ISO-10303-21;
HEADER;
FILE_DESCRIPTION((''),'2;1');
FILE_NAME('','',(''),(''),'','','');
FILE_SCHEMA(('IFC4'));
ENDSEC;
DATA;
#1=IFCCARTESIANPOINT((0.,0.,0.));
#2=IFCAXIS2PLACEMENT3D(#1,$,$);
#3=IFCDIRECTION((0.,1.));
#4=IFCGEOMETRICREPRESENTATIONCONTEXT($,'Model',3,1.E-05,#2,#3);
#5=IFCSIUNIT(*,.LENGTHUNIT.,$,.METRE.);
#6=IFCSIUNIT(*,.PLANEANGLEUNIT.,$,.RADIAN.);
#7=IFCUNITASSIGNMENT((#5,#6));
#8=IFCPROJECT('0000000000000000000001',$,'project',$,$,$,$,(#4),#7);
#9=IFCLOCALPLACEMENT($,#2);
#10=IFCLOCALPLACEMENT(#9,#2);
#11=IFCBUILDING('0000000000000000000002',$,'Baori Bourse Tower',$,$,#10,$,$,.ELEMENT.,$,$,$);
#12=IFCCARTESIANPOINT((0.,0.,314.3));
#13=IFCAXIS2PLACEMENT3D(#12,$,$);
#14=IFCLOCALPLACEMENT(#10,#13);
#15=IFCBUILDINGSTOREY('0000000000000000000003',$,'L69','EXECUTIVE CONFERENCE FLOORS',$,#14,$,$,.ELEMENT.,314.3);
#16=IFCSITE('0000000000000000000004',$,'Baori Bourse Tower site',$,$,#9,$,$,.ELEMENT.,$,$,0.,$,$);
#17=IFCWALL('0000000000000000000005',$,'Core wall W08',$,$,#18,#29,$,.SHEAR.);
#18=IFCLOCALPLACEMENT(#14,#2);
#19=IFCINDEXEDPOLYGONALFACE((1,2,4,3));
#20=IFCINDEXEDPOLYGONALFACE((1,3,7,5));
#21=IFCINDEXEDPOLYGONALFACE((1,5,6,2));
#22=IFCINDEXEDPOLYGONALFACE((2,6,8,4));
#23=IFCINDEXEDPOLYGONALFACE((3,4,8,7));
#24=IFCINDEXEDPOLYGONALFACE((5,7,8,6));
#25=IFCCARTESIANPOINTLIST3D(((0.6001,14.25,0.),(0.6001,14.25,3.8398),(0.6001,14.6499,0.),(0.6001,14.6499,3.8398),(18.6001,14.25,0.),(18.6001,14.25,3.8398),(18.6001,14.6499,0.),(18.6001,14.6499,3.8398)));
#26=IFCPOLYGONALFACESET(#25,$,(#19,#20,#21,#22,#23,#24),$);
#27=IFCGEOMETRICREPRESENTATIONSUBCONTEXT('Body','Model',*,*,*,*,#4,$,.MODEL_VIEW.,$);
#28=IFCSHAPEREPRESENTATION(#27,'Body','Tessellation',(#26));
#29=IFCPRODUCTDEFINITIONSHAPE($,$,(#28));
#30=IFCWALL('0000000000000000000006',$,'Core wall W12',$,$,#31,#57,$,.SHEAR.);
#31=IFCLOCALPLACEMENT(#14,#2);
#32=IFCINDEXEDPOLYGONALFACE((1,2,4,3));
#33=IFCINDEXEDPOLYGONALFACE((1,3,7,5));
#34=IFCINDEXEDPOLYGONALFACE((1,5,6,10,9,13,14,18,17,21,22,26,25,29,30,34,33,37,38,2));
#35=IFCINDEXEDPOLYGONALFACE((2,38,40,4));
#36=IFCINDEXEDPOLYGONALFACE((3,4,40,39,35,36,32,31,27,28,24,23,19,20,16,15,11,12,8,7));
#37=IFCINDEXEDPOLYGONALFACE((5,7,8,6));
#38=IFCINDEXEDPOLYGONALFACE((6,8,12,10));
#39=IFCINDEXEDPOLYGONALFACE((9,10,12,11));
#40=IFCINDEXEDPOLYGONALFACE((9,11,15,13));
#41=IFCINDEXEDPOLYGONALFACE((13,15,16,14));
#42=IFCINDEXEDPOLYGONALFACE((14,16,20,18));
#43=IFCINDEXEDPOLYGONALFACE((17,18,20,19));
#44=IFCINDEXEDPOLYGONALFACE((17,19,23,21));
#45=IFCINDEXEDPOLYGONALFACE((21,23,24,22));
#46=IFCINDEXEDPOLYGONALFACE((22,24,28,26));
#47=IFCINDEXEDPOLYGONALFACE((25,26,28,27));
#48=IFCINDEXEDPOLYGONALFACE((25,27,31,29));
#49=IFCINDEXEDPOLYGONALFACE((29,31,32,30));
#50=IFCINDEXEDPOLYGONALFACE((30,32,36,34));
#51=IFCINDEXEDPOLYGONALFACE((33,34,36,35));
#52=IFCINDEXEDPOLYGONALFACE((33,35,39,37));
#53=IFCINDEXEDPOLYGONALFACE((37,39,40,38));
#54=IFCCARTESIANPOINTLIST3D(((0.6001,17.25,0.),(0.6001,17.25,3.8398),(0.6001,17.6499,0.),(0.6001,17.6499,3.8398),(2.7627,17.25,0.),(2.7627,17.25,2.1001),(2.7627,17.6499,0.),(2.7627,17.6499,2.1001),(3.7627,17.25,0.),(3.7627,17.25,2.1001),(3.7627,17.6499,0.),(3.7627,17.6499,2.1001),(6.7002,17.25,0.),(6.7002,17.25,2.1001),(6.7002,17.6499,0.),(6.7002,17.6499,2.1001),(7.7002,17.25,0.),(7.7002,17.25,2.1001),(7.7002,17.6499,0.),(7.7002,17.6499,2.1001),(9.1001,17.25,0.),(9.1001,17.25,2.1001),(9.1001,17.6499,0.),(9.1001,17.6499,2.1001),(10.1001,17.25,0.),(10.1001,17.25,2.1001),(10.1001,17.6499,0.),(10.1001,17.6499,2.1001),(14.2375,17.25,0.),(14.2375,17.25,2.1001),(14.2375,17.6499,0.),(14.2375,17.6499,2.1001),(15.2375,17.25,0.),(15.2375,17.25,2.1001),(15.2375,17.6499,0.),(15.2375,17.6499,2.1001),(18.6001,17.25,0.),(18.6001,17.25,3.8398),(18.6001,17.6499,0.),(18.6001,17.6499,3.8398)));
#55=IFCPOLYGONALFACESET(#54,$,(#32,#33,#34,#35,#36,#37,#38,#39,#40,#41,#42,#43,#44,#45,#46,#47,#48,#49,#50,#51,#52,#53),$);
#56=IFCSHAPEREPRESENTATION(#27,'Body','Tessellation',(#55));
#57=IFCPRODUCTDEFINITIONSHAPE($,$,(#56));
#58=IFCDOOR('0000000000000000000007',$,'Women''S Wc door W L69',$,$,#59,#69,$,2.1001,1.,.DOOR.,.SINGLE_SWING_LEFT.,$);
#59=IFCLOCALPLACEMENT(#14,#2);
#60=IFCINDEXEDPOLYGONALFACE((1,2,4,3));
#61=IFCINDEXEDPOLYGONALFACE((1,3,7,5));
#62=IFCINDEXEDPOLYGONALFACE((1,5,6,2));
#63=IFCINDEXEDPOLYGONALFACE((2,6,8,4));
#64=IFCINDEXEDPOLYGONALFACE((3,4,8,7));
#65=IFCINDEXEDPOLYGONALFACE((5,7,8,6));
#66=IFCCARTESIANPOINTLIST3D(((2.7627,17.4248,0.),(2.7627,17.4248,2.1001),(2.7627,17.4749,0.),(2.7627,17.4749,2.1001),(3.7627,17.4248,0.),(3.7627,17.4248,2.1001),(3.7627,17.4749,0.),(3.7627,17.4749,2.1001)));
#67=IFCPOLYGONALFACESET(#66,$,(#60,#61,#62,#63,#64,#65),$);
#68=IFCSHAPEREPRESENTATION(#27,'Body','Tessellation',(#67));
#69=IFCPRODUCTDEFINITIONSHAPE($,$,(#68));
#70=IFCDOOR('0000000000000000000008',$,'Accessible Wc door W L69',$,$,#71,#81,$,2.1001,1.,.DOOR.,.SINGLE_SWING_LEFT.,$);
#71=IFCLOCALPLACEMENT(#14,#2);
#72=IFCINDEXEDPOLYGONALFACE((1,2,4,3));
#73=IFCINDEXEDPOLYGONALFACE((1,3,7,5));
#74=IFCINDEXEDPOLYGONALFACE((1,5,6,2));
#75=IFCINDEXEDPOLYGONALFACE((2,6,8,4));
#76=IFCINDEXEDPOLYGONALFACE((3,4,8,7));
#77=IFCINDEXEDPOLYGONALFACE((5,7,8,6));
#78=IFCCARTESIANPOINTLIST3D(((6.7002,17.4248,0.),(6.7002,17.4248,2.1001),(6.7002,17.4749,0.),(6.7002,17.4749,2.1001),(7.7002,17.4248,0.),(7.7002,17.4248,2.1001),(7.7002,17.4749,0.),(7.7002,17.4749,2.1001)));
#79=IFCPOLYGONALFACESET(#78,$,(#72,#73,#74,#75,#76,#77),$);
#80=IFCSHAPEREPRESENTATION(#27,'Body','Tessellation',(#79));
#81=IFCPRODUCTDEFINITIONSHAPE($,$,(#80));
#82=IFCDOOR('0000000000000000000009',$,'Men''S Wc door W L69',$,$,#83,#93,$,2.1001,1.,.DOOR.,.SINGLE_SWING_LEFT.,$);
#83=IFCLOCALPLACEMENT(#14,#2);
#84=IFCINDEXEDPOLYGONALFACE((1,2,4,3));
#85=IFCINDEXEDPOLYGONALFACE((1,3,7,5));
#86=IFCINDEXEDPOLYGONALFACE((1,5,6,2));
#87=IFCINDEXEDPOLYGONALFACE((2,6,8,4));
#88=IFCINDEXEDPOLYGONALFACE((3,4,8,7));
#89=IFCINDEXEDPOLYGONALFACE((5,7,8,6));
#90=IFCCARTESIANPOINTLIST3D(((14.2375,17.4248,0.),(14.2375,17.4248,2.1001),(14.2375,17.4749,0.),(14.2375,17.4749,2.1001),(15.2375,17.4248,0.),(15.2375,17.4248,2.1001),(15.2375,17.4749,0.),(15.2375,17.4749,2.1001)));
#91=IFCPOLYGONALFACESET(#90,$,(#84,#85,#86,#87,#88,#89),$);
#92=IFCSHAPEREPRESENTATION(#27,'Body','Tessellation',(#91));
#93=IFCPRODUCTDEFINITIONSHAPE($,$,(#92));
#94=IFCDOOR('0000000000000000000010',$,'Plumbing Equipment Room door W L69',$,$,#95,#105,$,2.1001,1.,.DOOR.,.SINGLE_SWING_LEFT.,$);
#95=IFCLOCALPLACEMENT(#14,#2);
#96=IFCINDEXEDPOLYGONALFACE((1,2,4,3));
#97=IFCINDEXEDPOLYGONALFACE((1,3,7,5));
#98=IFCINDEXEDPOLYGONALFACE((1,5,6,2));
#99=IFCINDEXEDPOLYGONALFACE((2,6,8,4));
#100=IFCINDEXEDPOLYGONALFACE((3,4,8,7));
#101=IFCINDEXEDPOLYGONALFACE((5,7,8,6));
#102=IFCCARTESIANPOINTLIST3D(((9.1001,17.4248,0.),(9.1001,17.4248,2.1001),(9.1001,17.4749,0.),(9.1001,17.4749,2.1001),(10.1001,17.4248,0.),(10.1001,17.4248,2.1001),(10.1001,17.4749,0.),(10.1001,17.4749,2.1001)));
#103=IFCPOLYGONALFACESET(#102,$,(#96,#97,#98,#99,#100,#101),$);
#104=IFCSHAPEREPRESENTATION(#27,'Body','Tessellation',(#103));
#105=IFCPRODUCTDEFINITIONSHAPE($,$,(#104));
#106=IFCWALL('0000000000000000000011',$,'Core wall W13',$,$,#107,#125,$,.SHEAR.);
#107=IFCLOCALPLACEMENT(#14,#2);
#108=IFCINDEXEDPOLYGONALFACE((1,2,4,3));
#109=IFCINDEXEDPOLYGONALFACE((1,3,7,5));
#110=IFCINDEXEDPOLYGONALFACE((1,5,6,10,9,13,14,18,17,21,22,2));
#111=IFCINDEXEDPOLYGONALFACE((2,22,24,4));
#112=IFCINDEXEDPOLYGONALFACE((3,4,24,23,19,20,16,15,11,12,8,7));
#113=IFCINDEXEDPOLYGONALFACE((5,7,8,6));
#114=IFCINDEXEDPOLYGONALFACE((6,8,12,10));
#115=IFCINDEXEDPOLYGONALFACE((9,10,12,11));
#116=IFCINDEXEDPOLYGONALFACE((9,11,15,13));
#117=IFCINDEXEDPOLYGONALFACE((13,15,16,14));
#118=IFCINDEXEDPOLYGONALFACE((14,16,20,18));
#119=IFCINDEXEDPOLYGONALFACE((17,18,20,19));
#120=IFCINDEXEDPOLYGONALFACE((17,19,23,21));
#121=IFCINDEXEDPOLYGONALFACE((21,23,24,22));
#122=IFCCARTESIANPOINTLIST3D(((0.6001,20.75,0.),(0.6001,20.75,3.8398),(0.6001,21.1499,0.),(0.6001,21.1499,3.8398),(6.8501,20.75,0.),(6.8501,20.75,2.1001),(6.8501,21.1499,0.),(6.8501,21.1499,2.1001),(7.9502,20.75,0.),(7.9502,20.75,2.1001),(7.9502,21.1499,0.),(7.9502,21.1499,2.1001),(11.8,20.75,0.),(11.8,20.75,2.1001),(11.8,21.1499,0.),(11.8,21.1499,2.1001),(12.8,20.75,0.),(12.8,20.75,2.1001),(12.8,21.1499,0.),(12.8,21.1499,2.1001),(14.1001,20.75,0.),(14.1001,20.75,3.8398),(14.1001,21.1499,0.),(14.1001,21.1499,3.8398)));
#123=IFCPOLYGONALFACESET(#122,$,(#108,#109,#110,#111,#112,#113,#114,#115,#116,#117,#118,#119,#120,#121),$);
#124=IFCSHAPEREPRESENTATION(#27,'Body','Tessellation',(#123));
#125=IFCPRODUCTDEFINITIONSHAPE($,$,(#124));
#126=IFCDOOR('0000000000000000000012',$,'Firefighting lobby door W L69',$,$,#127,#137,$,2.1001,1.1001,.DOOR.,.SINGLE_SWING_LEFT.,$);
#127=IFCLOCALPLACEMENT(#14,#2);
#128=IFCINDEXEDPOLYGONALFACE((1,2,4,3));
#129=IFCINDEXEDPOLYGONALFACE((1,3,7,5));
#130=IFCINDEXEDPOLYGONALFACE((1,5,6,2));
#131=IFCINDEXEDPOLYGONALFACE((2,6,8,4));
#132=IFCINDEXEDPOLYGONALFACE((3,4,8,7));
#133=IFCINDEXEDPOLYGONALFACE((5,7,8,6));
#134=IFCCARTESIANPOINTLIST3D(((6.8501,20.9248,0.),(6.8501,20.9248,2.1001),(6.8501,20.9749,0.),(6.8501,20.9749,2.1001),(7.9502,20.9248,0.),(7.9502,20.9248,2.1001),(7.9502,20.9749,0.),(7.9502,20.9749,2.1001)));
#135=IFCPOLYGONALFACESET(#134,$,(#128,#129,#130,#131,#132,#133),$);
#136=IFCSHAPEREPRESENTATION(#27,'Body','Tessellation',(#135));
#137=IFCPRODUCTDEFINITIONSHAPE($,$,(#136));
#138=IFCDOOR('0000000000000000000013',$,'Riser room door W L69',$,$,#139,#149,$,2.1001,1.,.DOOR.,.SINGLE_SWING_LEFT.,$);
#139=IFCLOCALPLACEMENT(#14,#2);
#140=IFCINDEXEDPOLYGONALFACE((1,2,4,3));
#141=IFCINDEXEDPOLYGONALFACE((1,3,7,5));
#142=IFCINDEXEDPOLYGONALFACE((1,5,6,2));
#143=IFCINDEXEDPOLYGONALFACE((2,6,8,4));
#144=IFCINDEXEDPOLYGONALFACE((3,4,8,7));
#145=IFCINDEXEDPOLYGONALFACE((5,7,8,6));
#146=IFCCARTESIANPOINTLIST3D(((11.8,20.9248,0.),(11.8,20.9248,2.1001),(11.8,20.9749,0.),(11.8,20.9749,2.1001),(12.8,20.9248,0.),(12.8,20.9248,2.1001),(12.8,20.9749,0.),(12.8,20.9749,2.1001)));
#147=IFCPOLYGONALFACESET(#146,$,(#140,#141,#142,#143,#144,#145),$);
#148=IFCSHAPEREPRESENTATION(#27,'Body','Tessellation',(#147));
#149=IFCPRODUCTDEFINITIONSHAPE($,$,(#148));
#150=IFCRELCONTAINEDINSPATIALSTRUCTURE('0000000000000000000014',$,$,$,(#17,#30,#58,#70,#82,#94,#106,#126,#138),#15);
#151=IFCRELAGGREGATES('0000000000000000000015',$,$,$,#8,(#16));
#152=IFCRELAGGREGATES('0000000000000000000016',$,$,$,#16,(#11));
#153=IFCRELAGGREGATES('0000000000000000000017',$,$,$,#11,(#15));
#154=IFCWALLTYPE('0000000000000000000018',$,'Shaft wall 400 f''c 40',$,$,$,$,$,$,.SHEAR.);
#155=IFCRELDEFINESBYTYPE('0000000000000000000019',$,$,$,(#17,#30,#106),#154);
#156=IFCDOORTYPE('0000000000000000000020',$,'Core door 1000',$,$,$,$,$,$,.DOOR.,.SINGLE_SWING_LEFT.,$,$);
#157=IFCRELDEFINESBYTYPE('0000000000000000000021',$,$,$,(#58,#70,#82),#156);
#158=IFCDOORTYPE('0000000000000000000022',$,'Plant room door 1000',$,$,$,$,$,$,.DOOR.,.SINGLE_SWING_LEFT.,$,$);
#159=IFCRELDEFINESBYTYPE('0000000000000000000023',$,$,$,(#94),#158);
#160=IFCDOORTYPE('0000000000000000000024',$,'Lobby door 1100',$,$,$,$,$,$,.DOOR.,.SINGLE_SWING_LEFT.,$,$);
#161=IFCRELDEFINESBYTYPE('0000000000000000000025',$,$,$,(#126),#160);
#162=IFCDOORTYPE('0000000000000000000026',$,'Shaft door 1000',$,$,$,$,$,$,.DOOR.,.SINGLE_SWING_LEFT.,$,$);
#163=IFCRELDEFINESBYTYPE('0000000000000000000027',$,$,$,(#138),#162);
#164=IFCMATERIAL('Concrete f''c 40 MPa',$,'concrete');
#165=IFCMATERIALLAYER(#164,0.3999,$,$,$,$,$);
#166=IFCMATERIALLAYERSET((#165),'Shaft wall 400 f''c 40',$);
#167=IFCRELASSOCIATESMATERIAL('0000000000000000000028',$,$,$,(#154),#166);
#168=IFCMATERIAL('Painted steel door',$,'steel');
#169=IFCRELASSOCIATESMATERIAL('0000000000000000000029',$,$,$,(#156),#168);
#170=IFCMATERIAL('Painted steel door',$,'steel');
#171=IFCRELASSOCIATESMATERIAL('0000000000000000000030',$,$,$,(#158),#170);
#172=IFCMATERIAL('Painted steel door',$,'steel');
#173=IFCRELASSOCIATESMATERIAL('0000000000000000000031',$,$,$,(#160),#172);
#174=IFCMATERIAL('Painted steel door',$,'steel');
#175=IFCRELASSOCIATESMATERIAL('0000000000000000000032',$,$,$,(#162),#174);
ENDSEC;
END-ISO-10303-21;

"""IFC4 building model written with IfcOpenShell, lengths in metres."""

from ifc_helpers import new_model, si_unit, direction, frame, frame_2d, origin, place, context, subcontext, project, spatial, rectangle, extrude, material, layer, layer_set, type_object, element, fill, save


model = new_model("IFC4")

# Units and contexts
model_context = context("Model", 3, precision=1e-05, world=origin(), true_north=direction((0.0, 1.0)))
body_context = subcontext(model_context, "Body", "Model", "MODEL_VIEW")
ifc_project = project(units=[si_unit("LENGTHUNIT", "METRE"), si_unit("PLANEANGLEUNIT", "RADIAN")], contexts=[model_context])

# Site, building, storey
site_placement = place(None, origin())
site = spatial("IfcSite", under=ifc_project, at=site_placement, Name="Baori Bourse Tower site", CompositionType="ELEMENT", RefElevation=0.0)
building_placement = place(site_placement, origin())
building = spatial("IfcBuilding", under=site, at=building_placement, Name="Baori Bourse Tower", CompositionType="ELEMENT")
storey_placement = place(building_placement, frame((0.0, 0.0, 314.3)))
storey = spatial("IfcBuildingStorey", under=building, at=storey_placement, Name="L69", Description="EXECUTIVE CONFERENCE FLOORS", CompositionType="ELEMENT", Elevation=314.3)

# Wall
ifc_material_1 = material(Name="Concrete f'c 40 MPa", Category="concrete")
ifc_layer_1 = layer(ifc_material_1, 0.3999)
ifc_layer_set_1 = layer_set([ifc_layer_1], Name="Shaft wall 400 f'c 40")
wall_type_1 = type_object("IfcWallType", Name="Shaft wall 400 f'c 40", PredefinedType="SHEAR", material=ifc_layer_set_1)
wall_1_placement = place(storey_placement, frame((0.6001, 14.45, 0.0), z_axis=(0.0, 0.0, 1.0), x_axis=(1.0, 0.0, 0.0)))
element("IfcWall", 1, at=wall_1_placement, inside=storey, type_object=wall_type_1, Name="Core wall W08", PredefinedType="SHEAR", context=body_context, shape_type="SweptSolid", body=[
    extrude(rectangle(XDim=18.0, YDim=0.3999, at=frame_2d((9.0, 0.0))), origin(), (0.0, 0.0, 1.0), 3.8398),
])

# Walls, openings, doors
wall_2_placement = place(storey_placement, frame((0.6001, 17.45, 0.0), z_axis=(0.0, 0.0, 1.0), x_axis=(1.0, 0.0, 0.0)))
wall_2 = element("IfcWall", 2, at=wall_2_placement, inside=storey, type_object=wall_type_1, Name="Core wall W12", PredefinedType="SHEAR", context=body_context, shape_type="SweptSolid", body=[
    extrude(rectangle(XDim=18.0, YDim=0.3999, at=frame_2d((9.0, 0.0))), origin(), (0.0, 0.0, 1.0), 3.8398),
])
opening_1_placement = place(wall_2_placement, frame((2.1626, 0.0, 0.0)))
opening_1 = element("IfcOpeningElement", 3, at=opening_1_placement, cuts=wall_2, PredefinedType="OPENING", context=body_context, shape_type="SweptSolid", body=[
    extrude(rectangle(XDim=1.0, YDim=2.1001, at=frame_2d((0.5, 1.05))), frame((0.0, 0.21, 0.0), z_axis=(0.0, -1.0, 0.0), x_axis=(1.0, 0.0, 0.0)), (0.0, 0.0, 1.0), 0.4199),
])
opening_2_placement = place(wall_2_placement, frame((6.1001, 0.0, 0.0)))
opening_2 = element("IfcOpeningElement", 4, at=opening_2_placement, cuts=wall_2, PredefinedType="OPENING", context=body_context, shape_type="SweptSolid", body=[
    extrude(rectangle(XDim=1.0, YDim=2.1001, at=frame_2d((0.5, 1.05))), frame((0.0, 0.21, 0.0), z_axis=(0.0, -1.0, 0.0), x_axis=(1.0, 0.0, 0.0)), (0.0, 0.0, 1.0), 0.4199),
])
opening_3_placement = place(wall_2_placement, frame((8.5, 0.0, 0.0)))
opening_3 = element("IfcOpeningElement", 5, at=opening_3_placement, cuts=wall_2, PredefinedType="OPENING", context=body_context, shape_type="SweptSolid", body=[
    extrude(rectangle(XDim=1.0, YDim=2.1001, at=frame_2d((0.5, 1.05))), frame((0.0, 0.21, 0.0), z_axis=(0.0, -1.0, 0.0), x_axis=(1.0, 0.0, 0.0)), (0.0, 0.0, 1.0), 0.4199),
])
opening_4_placement = place(wall_2_placement, frame((13.6375, 0.0, 0.0)))
opening_4 = element("IfcOpeningElement", 6, at=opening_4_placement, cuts=wall_2, PredefinedType="OPENING", context=body_context, shape_type="SweptSolid", body=[
    extrude(rectangle(XDim=1.0, YDim=2.1001, at=frame_2d((0.5, 1.05))), frame((0.0, 0.21, 0.0), z_axis=(0.0, -1.0, 0.0), x_axis=(1.0, 0.0, 0.0)), (0.0, 0.0, 1.0), 0.4199),
])
ifc_material_2 = material(Name="Painted steel door", Category="steel")
door_type_1 = type_object("IfcDoorType", Name="Core door 1000", OperationType="SINGLE_SWING_LEFT", PredefinedType="DOOR", material=ifc_material_2)
door_1_placement = place(opening_1_placement, origin())
door_1 = element("IfcDoor", 7, at=door_1_placement, inside=storey, type_object=door_type_1, Name="Women'S Wc door W L69", OperationType="SINGLE_SWING_LEFT", OverallHeight=2.1001, OverallWidth=1.0, PredefinedType="DOOR", context=body_context, shape_type="SweptSolid", body=[
    extrude(rectangle(XDim=1.0, YDim=2.1001, at=frame_2d((0.5, 1.05))), frame((0.0, 0.0249, 0.0), z_axis=(0.0, -1.0, 0.0), x_axis=(1.0, 0.0, 0.0)), (0.0, 0.0, 1.0), 0.05),
])
fill(opening_1, door_1)
door_2_placement = place(opening_2_placement, origin())
door_2 = element("IfcDoor", 8, at=door_2_placement, inside=storey, type_object=door_type_1, Name="Accessible Wc door W L69", OperationType="SINGLE_SWING_LEFT", OverallHeight=2.1001, OverallWidth=1.0, PredefinedType="DOOR", context=body_context, shape_type="SweptSolid", body=[
    extrude(rectangle(XDim=1.0, YDim=2.1001, at=frame_2d((0.5, 1.05))), frame((0.0, 0.0249, 0.0), z_axis=(0.0, -1.0, 0.0), x_axis=(1.0, 0.0, 0.0)), (0.0, 0.0, 1.0), 0.05),
])
fill(opening_2, door_2)
door_3_placement = place(opening_4_placement, origin())
door_3 = element("IfcDoor", 9, at=door_3_placement, inside=storey, type_object=door_type_1, Name="Men'S Wc door W L69", OperationType="SINGLE_SWING_LEFT", OverallHeight=2.1001, OverallWidth=1.0, PredefinedType="DOOR", context=body_context, shape_type="SweptSolid", body=[
    extrude(rectangle(XDim=1.0, YDim=2.1001, at=frame_2d((0.5, 1.05))), frame((0.0, 0.0249, 0.0), z_axis=(0.0, -1.0, 0.0), x_axis=(1.0, 0.0, 0.0)), (0.0, 0.0, 1.0), 0.05),
])
fill(opening_4, door_3)
ifc_material_3 = material(Name="Painted steel door", Category="steel")
door_type_2 = type_object("IfcDoorType", Name="Plant room door 1000", OperationType="SINGLE_SWING_LEFT", PredefinedType="DOOR", material=ifc_material_3)
door_4_placement = place(opening_3_placement, origin())
door_4 = element("IfcDoor", 10, at=door_4_placement, inside=storey, type_object=door_type_2, Name="Plumbing Equipment Room door W L69", OperationType="SINGLE_SWING_LEFT", OverallHeight=2.1001, OverallWidth=1.0, PredefinedType="DOOR", context=body_context, shape_type="SweptSolid", body=[
    extrude(rectangle(XDim=1.0, YDim=2.1001, at=frame_2d((0.5, 1.05))), frame((0.0, 0.0249, 0.0), z_axis=(0.0, -1.0, 0.0), x_axis=(1.0, 0.0, 0.0)), (0.0, 0.0, 1.0), 0.05),
])
fill(opening_3, door_4)
wall_3_placement = place(storey_placement, frame((0.6001, 20.95, 0.0), z_axis=(0.0, 0.0, 1.0), x_axis=(1.0, 0.0, 0.0)))
wall_3 = element("IfcWall", 11, at=wall_3_placement, inside=storey, type_object=wall_type_1, Name="Core wall W13", PredefinedType="SHEAR", context=body_context, shape_type="SweptSolid", body=[
    extrude(rectangle(XDim=13.5, YDim=0.3999, at=frame_2d((6.75, 0.0))), origin(), (0.0, 0.0, 1.0), 3.8398),
])
opening_5_placement = place(wall_3_placement, frame((6.25, 0.0, 0.0)))
opening_5 = element("IfcOpeningElement", 12, at=opening_5_placement, cuts=wall_3, PredefinedType="OPENING", context=body_context, shape_type="SweptSolid", body=[
    extrude(rectangle(XDim=1.1001, YDim=2.1001, at=frame_2d((0.55, 1.05))), frame((0.0, 0.21, 0.0), z_axis=(0.0, -1.0, 0.0), x_axis=(1.0, 0.0, 0.0)), (0.0, 0.0, 1.0), 0.4199),
])
opening_6_placement = place(wall_3_placement, frame((11.2, 0.0, 0.0)))
opening_6 = element("IfcOpeningElement", 13, at=opening_6_placement, cuts=wall_3, PredefinedType="OPENING", context=body_context, shape_type="SweptSolid", body=[
    extrude(rectangle(XDim=1.0, YDim=2.1001, at=frame_2d((0.5, 1.05))), frame((0.0, 0.21, 0.0), z_axis=(0.0, -1.0, 0.0), x_axis=(1.0, 0.0, 0.0)), (0.0, 0.0, 1.0), 0.4199),
])
ifc_material_4 = material(Name="Painted steel door", Category="steel")
door_type_3 = type_object("IfcDoorType", Name="Lobby door 1100", OperationType="SINGLE_SWING_LEFT", PredefinedType="DOOR", material=ifc_material_4)
door_5_placement = place(opening_5_placement, origin())
door_5 = element("IfcDoor", 14, at=door_5_placement, inside=storey, type_object=door_type_3, Name="Firefighting lobby door W L69", OperationType="SINGLE_SWING_LEFT", OverallHeight=2.1001, OverallWidth=1.1001, PredefinedType="DOOR", context=body_context, shape_type="SweptSolid", body=[
    extrude(rectangle(XDim=1.1001, YDim=2.1001, at=frame_2d((0.55, 1.05))), frame((0.0, 0.0249, 0.0), z_axis=(0.0, -1.0, 0.0), x_axis=(1.0, 0.0, 0.0)), (0.0, 0.0, 1.0), 0.05),
])
fill(opening_5, door_5)
ifc_material_5 = material(Name="Painted steel door", Category="steel")
door_type_4 = type_object("IfcDoorType", Name="Shaft door 1000", OperationType="SINGLE_SWING_LEFT", PredefinedType="DOOR", material=ifc_material_5)
door_6_placement = place(opening_6_placement, origin())
door_6 = element("IfcDoor", 15, at=door_6_placement, inside=storey, type_object=door_type_4, Name="Riser room door W L69", OperationType="SINGLE_SWING_LEFT", OverallHeight=2.1001, OverallWidth=1.0, PredefinedType="DOOR", context=body_context, shape_type="SweptSolid", body=[
    extrude(rectangle(XDim=1.0, YDim=2.1001, at=frame_2d((0.5, 1.05))), frame((0.0, 0.0249, 0.0), z_axis=(0.0, -1.0, 0.0), x_axis=(1.0, 0.0, 0.0)), (0.0, 0.0, 1.0), 0.05),
])
fill(opening_6, door_6)

save(model, "model.ifc")
